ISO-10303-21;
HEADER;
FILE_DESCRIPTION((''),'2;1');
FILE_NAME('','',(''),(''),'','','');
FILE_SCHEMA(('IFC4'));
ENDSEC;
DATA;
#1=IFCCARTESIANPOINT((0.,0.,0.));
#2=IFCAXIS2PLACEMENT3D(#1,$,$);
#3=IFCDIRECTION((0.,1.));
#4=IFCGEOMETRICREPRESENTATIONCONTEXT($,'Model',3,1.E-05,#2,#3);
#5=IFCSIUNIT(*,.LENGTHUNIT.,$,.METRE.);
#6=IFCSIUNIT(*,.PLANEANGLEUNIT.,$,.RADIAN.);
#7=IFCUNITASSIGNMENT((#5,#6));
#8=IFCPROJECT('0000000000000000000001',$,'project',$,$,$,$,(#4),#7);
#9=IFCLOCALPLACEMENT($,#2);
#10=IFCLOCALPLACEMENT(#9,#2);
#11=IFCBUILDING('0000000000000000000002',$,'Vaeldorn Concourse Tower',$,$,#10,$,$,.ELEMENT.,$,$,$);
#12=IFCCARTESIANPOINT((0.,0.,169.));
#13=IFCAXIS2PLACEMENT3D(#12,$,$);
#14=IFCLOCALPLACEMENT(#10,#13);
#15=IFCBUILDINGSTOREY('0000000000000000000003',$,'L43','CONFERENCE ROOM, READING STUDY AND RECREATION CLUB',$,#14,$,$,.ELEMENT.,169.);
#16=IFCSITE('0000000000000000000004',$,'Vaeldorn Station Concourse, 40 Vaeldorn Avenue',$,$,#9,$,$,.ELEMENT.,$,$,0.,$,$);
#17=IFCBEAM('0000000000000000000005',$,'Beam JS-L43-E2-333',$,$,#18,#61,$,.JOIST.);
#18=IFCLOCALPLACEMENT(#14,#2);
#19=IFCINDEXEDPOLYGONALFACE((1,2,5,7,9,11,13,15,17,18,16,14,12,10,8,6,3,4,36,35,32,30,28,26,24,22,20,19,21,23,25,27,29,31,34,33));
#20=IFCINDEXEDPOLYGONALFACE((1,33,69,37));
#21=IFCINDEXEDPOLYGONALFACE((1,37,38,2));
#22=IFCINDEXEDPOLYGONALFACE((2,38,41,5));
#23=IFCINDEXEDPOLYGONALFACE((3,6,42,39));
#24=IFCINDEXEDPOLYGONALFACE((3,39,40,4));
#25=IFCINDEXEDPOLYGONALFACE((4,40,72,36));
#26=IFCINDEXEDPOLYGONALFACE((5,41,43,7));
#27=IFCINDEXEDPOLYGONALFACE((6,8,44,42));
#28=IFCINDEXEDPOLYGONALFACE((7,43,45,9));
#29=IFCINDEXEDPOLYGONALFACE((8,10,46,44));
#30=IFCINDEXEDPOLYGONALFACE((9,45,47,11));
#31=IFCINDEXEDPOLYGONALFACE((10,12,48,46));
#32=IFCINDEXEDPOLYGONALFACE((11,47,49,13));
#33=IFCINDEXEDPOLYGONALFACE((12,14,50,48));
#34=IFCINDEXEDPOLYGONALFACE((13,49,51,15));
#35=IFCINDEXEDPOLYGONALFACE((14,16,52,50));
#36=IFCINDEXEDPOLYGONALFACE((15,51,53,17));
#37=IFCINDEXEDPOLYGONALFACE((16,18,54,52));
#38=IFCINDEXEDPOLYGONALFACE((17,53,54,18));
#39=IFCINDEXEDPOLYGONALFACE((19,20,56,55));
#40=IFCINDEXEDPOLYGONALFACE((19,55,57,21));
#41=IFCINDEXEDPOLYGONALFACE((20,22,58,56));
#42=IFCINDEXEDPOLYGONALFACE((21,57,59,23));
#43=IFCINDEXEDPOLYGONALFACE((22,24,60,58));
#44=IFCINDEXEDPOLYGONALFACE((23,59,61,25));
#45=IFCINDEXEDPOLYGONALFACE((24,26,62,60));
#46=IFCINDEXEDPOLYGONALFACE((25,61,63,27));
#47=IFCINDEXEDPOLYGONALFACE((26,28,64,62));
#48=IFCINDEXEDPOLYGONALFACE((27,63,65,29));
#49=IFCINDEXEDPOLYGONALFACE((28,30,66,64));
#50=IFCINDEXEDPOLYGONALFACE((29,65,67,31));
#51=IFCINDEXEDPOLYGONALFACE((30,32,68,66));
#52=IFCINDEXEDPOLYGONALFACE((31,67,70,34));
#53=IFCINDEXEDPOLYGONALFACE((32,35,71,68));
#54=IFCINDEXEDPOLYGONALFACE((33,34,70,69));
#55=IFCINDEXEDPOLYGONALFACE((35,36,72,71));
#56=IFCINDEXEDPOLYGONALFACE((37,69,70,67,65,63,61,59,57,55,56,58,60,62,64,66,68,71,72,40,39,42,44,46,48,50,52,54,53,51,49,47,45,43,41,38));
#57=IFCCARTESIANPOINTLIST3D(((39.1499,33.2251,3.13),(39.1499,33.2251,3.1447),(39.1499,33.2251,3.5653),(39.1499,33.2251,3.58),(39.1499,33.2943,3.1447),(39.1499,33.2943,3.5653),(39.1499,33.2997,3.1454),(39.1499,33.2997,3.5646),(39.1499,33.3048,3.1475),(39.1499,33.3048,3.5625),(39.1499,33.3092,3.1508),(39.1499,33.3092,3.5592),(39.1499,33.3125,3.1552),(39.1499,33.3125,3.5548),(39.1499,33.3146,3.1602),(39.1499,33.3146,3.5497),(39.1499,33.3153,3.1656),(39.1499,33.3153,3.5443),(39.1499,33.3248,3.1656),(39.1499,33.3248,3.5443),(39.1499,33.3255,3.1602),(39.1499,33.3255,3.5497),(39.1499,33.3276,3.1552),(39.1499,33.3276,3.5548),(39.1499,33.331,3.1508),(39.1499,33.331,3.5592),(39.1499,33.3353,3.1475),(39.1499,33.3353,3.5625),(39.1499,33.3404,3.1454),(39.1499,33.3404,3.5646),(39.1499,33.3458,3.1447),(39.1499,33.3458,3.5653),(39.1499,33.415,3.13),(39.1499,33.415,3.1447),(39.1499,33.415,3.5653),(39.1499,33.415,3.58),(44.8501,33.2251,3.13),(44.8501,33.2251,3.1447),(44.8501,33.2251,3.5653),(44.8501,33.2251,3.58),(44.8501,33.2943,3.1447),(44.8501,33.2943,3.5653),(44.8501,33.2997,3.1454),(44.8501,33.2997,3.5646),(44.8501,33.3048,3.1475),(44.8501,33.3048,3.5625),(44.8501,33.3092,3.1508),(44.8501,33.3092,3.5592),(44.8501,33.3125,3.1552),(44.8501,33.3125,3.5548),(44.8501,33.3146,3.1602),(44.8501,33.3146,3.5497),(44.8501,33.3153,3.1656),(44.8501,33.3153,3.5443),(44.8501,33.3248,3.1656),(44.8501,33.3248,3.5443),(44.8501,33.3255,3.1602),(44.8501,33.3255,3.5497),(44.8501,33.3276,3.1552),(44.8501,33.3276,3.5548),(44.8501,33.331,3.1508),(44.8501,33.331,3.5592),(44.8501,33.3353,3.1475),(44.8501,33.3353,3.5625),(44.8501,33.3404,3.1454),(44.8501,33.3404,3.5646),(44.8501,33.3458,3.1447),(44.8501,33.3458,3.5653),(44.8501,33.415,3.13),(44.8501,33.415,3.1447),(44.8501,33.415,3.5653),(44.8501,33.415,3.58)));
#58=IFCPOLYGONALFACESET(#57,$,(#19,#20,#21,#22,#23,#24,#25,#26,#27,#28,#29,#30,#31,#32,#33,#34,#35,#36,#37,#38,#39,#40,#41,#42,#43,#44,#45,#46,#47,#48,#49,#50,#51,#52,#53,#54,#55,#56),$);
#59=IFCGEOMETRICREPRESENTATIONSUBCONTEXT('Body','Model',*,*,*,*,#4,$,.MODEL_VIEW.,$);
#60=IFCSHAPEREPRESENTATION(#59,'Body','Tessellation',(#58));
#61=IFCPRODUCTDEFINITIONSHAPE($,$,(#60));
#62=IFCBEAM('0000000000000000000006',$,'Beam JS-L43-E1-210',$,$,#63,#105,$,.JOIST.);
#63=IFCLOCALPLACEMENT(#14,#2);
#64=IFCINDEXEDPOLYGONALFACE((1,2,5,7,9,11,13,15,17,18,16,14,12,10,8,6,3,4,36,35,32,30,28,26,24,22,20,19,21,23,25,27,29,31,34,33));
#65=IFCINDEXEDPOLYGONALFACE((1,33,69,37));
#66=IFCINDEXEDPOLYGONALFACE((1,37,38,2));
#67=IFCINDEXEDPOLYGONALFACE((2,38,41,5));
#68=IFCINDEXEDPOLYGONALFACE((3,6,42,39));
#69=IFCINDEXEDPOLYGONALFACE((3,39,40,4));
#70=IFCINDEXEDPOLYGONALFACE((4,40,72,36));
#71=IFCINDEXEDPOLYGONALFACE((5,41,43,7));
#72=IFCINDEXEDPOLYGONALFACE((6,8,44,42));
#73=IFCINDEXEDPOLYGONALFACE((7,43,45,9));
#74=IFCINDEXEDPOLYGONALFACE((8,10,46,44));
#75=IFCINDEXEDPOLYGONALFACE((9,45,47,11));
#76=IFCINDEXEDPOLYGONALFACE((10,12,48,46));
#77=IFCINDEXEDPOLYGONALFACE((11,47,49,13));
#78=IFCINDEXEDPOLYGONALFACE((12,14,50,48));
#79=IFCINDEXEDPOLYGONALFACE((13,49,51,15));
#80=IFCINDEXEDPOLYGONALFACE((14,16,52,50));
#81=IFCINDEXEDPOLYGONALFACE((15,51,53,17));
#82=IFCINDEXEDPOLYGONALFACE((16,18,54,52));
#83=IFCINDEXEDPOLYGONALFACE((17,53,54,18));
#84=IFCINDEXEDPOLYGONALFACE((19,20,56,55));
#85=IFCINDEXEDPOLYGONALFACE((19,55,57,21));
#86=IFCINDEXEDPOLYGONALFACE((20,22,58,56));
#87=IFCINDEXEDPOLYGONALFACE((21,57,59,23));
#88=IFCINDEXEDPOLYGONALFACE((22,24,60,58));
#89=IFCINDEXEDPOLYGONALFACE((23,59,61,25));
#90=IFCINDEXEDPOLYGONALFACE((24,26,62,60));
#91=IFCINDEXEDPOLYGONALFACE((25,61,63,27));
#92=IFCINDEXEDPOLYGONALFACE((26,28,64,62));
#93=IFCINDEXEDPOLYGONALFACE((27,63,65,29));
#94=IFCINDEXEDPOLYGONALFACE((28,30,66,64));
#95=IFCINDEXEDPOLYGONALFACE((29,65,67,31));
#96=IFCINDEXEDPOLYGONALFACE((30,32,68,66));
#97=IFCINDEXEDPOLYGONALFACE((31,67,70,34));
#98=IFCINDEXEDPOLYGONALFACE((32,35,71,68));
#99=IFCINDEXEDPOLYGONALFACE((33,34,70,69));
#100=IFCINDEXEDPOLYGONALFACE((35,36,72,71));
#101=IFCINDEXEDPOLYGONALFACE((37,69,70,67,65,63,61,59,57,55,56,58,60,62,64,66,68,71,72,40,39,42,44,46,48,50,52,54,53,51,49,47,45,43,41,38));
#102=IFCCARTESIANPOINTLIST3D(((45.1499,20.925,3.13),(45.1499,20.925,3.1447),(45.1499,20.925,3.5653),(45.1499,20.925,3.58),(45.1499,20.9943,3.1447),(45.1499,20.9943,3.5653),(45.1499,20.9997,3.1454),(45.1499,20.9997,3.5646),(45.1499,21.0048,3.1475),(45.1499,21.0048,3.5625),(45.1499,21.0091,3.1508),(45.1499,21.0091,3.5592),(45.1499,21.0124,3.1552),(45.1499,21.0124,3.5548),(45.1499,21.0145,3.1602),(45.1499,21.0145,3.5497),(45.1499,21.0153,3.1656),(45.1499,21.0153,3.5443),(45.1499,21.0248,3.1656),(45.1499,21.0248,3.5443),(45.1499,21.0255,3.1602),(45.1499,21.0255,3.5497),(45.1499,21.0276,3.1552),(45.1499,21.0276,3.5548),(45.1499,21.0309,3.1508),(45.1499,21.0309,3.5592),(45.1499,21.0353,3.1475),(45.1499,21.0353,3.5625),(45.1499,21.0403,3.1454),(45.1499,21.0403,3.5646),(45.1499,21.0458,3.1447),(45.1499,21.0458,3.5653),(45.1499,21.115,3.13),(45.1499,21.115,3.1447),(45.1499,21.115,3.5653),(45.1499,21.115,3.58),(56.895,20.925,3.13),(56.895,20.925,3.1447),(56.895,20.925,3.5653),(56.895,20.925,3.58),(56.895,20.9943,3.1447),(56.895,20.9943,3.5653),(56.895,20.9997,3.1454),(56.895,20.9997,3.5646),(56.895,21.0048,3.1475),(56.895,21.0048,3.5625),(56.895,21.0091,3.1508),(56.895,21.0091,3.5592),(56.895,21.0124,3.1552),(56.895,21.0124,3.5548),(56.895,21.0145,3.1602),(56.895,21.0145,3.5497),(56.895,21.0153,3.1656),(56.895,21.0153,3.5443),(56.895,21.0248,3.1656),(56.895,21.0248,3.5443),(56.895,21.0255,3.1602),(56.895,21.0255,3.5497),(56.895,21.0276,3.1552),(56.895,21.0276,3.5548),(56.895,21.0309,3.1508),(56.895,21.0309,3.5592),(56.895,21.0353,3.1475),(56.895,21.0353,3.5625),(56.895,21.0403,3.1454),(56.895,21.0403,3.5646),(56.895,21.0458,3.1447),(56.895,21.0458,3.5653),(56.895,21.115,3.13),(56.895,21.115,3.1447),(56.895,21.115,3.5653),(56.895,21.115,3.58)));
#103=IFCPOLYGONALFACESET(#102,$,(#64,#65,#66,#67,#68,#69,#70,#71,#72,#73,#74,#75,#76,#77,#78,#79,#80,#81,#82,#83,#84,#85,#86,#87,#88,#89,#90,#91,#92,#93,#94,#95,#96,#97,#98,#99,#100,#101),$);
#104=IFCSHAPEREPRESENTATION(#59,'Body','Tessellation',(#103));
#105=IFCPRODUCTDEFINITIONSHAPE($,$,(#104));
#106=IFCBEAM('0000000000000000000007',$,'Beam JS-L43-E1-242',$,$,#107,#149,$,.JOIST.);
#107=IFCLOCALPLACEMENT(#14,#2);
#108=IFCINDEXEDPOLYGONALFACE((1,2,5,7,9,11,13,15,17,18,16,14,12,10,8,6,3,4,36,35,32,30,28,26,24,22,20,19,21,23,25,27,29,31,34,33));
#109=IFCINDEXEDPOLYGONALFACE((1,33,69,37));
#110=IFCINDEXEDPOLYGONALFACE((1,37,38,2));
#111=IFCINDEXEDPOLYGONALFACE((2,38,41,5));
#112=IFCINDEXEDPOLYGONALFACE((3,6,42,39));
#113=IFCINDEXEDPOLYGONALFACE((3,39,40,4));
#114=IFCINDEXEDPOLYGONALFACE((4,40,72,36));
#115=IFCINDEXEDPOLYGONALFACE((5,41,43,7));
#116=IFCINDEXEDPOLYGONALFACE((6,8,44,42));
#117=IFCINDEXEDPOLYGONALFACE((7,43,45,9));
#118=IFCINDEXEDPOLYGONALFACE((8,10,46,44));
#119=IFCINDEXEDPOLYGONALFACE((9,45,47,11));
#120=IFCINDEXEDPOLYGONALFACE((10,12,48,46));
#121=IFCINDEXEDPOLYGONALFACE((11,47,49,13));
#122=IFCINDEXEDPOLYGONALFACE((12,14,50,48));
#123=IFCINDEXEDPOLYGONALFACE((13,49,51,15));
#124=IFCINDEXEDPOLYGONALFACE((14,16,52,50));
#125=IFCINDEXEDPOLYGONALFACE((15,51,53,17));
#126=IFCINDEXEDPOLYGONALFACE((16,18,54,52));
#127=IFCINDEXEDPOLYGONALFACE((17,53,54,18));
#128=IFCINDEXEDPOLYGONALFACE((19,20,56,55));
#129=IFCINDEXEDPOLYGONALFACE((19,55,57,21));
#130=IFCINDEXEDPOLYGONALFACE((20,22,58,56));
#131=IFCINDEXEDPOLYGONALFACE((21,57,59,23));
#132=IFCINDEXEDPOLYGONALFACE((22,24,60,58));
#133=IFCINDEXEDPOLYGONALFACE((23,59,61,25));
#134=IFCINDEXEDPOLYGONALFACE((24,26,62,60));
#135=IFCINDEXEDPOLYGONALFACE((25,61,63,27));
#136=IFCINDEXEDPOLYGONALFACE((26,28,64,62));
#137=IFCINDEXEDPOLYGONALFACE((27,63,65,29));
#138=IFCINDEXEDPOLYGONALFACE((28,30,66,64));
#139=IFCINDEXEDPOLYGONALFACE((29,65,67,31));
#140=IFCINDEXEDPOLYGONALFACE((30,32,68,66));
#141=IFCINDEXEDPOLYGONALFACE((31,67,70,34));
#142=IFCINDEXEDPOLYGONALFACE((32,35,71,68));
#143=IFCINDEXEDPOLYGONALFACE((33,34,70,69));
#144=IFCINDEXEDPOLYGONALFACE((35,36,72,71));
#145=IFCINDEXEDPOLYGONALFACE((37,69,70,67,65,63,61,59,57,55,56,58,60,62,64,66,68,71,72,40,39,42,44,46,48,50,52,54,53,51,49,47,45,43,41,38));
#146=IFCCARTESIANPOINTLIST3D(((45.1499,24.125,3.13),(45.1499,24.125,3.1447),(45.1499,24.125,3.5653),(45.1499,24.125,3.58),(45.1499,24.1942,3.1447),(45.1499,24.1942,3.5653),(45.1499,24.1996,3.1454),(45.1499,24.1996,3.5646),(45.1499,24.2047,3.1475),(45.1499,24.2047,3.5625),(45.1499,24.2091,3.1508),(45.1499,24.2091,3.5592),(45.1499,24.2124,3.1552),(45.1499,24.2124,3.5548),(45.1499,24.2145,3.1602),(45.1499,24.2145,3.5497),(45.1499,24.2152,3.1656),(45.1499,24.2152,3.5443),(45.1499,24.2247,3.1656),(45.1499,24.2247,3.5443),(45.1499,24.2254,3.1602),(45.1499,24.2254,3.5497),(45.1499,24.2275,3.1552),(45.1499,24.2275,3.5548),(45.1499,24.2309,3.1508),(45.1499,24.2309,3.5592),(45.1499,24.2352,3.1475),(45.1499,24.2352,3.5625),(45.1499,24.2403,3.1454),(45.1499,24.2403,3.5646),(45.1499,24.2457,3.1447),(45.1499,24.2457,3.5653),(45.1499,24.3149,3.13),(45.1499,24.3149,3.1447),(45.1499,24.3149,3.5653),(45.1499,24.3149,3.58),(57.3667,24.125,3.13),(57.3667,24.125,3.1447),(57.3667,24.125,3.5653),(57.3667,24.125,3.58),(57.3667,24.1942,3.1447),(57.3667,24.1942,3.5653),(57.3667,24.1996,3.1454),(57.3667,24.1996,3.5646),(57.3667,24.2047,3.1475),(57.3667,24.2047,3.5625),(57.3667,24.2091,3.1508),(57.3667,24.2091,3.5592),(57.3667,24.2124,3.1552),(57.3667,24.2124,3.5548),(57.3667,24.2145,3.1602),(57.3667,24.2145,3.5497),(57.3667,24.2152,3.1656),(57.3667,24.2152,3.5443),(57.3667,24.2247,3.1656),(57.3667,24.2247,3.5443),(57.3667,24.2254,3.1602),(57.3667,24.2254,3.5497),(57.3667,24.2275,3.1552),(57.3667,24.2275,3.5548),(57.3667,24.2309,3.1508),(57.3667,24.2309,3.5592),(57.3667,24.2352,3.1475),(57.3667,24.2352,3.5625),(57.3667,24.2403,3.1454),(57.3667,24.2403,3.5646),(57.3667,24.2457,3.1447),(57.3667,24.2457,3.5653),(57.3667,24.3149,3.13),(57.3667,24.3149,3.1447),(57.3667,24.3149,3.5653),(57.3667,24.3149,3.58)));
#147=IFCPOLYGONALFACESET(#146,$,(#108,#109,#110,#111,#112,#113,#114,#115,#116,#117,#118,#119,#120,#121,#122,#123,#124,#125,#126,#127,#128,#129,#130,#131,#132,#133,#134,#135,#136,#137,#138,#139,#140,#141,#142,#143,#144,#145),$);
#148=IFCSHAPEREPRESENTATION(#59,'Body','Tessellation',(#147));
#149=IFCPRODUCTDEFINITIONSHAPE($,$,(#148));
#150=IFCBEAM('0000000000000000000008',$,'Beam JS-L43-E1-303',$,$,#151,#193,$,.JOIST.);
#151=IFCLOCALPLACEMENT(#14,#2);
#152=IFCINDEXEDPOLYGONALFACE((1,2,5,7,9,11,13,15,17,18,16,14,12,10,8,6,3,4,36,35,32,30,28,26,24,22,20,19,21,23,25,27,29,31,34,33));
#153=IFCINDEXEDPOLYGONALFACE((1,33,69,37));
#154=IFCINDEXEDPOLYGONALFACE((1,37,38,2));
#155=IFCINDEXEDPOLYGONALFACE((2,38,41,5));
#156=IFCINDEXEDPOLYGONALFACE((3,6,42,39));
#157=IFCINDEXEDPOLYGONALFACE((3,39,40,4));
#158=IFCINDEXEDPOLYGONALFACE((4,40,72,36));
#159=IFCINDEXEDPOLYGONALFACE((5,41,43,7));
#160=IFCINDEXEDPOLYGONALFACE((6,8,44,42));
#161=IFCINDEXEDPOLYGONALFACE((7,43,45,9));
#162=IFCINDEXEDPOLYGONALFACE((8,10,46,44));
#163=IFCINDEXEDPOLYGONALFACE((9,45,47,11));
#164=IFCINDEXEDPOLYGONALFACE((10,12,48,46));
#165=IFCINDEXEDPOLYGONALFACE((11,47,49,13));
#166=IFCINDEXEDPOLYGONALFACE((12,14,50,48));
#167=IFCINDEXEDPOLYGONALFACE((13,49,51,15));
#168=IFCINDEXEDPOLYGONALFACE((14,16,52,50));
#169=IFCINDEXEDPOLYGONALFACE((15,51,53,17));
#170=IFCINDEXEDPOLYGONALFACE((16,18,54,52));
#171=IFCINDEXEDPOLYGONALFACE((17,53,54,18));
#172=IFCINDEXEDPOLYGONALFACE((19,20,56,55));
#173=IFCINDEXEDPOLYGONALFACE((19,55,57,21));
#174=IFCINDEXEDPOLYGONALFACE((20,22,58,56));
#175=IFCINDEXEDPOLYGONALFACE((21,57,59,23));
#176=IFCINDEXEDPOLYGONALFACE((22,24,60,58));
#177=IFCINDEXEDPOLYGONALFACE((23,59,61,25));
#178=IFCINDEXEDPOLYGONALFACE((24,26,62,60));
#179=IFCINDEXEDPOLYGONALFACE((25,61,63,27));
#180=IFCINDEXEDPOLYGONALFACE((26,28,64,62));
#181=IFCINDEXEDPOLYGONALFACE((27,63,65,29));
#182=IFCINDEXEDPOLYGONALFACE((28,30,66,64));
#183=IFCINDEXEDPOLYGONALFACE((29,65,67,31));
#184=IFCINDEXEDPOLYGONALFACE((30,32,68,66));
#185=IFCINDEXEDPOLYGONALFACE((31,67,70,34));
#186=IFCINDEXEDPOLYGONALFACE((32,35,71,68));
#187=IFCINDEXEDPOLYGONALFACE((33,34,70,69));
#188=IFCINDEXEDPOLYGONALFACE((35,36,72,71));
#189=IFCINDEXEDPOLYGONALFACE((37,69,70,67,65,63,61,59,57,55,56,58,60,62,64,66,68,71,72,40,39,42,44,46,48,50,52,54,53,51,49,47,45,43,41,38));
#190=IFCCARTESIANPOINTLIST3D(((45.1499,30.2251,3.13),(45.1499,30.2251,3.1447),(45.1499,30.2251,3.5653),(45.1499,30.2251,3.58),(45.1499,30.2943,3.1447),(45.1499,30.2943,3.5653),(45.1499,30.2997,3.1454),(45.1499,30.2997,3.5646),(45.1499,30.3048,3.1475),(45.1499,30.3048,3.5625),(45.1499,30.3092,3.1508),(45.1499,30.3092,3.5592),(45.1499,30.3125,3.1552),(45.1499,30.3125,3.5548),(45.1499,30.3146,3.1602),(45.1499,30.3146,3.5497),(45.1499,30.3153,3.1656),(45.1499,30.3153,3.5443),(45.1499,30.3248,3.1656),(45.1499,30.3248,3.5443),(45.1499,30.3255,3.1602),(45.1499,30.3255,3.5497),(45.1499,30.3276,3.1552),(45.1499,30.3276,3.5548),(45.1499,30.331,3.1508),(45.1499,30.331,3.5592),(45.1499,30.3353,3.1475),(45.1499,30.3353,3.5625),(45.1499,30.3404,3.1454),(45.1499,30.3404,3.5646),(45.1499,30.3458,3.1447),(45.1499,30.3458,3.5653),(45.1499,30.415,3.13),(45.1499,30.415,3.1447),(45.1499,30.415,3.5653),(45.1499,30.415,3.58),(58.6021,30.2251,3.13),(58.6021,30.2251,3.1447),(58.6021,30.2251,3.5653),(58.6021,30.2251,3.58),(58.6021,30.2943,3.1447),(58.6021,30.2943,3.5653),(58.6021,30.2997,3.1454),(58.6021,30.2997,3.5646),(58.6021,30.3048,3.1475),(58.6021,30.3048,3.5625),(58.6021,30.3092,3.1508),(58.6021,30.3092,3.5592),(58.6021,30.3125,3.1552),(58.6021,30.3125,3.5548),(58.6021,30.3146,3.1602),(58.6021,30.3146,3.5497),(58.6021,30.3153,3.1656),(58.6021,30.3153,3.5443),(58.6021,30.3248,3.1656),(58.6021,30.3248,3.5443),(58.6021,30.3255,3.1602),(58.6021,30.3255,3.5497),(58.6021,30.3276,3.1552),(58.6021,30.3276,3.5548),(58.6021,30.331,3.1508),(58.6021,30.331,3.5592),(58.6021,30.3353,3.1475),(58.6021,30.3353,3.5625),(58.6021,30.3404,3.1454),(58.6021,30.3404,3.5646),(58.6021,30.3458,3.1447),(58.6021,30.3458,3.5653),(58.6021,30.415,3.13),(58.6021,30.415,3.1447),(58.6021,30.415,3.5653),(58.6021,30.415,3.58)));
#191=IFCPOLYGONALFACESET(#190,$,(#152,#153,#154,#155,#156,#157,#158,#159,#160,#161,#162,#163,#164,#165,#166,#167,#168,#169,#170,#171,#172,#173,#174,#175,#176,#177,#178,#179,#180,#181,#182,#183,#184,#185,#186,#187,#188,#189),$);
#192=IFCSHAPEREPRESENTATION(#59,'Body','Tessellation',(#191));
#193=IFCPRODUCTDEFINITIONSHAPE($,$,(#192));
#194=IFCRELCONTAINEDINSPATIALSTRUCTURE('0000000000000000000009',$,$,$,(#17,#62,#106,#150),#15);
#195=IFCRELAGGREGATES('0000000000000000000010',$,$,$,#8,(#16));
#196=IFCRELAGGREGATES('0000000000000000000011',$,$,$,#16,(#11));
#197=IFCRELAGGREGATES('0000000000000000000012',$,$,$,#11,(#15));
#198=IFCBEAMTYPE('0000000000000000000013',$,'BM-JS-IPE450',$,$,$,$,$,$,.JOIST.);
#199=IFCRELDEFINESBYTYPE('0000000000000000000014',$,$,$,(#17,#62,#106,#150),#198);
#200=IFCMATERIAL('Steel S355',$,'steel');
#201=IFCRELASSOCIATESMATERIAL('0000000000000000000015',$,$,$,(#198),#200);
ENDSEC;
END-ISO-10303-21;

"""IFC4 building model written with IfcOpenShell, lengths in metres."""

from ifc_helpers import new_model, si_unit, direction, frame, origin, origin_2d, place, context, subcontext, project, spatial, i_section, extrude, source, transform, mapped, material, material_profile, profile_set, type_object, element, save


model = new_model("IFC4")

# Units and contexts
model_context = context("Model", 3, precision=1e-05, world=origin(), true_north=direction((0.0, 1.0)))
body_context = subcontext(model_context, "Body", "Model", "MODEL_VIEW")
ifc_project = project(units=[si_unit("LENGTHUNIT", "METRE"), si_unit("PLANEANGLEUNIT", "RADIAN")], contexts=[model_context])

# Site, building, storey
site_placement = place(None, origin())
site = spatial("IfcSite", under=ifc_project, at=site_placement, Name="Vaeldorn Station Concourse, 40 Vaeldorn Avenue", CompositionType="ELEMENT", RefElevation=0.0)
building_placement = place(site_placement, origin())
building = spatial("IfcBuilding", under=site, at=building_placement, Name="Vaeldorn Concourse Tower", CompositionType="ELEMENT")
storey_placement = place(building_placement, frame((0.0, 0.0, 169.0)))
storey = spatial("IfcBuildingStorey", under=building, at=storey_placement, Name="L43", Description="CONFERENCE ROOM, READING STUDY AND RECREATION CLUB", CompositionType="ELEMENT", Elevation=169.0)

# Beams
ifc_material_1 = material(Name="Steel S355", Category="steel")
ifc_material_profile_1 = material_profile(ifc_material_1, i_section(OverallWidth=0.1899, OverallDepth=0.45, WebThickness=0.0095, FlangeThickness=0.0146, FilletRadius=0.021, at=origin_2d()), Name="IPE 450")
ifc_profile_set_1 = profile_set([ifc_material_profile_1], Name="Steel S355")
beam_type_1 = type_object("IfcBeamType", Name="BM-JS-IPE450", PredefinedType="JOIST", material=ifc_profile_set_1)
shared_shape_1 = source(origin(), body_context, "Body", "SweptSolid", [
    extrude(i_section(OverallWidth=0.1899, OverallDepth=0.45, WebThickness=0.0095, FlangeThickness=0.0146, FilletRadius=0.021, at=origin_2d()), origin(), (0.0, 0.0, 1.0), 5.7002),
])
for number, where, z_axis, x_axis, name in (
    (1, (39.1499, 33.3201, 3.355), (1.0, 0.0, 0.0), (0.0, 1.0, 0.0), "Beam JS-L43-E2-333"),
):
    element("IfcBeam", number, at=place(storey_placement, frame(where, z_axis=z_axis, x_axis=x_axis)), inside=storey, type_object=beam_type_1, Name=name, PredefinedType="JOIST", context=body_context, shape_type="MappedRepresentation", body=[
        mapped(shared_shape_1, transform((0.0, 0.0, 0.0), scale=1.0)),
    ])
shared_shape_2 = source(origin(), body_context, "Body", "SweptSolid", [
    extrude(i_section(OverallWidth=0.1899, OverallDepth=0.45, WebThickness=0.0095, FlangeThickness=0.0146, FilletRadius=0.021, at=origin_2d()), origin(), (0.0, 0.0, 1.0), 11.7451),
])
beam_1_placement = place(storey_placement, frame((45.1499, 21.02, 3.355), z_axis=(1.0, 0.0, 0.0), x_axis=(0.0, 1.0, 0.0)))
element("IfcBeam", 2, at=beam_1_placement, inside=storey, type_object=beam_type_1, Name="Beam JS-L43-E1-210", PredefinedType="JOIST", context=body_context, shape_type="MappedRepresentation", body=[
    mapped(shared_shape_2, transform((0.0, 0.0, 0.0), scale=1.0)),
])
shared_shape_3 = source(origin(), body_context, "Body", "SweptSolid", [
    extrude(i_section(OverallWidth=0.1899, OverallDepth=0.45, WebThickness=0.0095, FlangeThickness=0.0146, FilletRadius=0.021, at=origin_2d()), origin(), (0.0, 0.0, 1.0), 12.2168),
])
beam_2_placement = place(storey_placement, frame((45.1499, 24.22, 3.355), z_axis=(1.0, 0.0, 0.0), x_axis=(0.0, 1.0, 0.0)))
element("IfcBeam", 3, at=beam_2_placement, inside=storey, type_object=beam_type_1, Name="Beam JS-L43-E1-242", PredefinedType="JOIST", context=body_context, shape_type="MappedRepresentation", body=[
    mapped(shared_shape_3, transform((0.0, 0.0, 0.0), scale=1.0)),
])
shared_shape_4 = source(origin(), body_context, "Body", "SweptSolid", [
    extrude(i_section(OverallWidth=0.1899, OverallDepth=0.45, WebThickness=0.0095, FlangeThickness=0.0146, FilletRadius=0.021, at=origin_2d()), origin(), (0.0, 0.0, 1.0), 13.4521),
])
beam_3_placement = place(storey_placement, frame((45.1499, 30.3201, 3.355), z_axis=(1.0, 0.0, 0.0), x_axis=(0.0, 1.0, 0.0)))
element("IfcBeam", 4, at=beam_3_placement, inside=storey, type_object=beam_type_1, Name="Beam JS-L43-E1-303", PredefinedType="JOIST", context=body_context, shape_type="MappedRepresentation", body=[
    mapped(shared_shape_4, transform((0.0, 0.0, 0.0), scale=1.0)),
])

save(model, "model.ifc")
